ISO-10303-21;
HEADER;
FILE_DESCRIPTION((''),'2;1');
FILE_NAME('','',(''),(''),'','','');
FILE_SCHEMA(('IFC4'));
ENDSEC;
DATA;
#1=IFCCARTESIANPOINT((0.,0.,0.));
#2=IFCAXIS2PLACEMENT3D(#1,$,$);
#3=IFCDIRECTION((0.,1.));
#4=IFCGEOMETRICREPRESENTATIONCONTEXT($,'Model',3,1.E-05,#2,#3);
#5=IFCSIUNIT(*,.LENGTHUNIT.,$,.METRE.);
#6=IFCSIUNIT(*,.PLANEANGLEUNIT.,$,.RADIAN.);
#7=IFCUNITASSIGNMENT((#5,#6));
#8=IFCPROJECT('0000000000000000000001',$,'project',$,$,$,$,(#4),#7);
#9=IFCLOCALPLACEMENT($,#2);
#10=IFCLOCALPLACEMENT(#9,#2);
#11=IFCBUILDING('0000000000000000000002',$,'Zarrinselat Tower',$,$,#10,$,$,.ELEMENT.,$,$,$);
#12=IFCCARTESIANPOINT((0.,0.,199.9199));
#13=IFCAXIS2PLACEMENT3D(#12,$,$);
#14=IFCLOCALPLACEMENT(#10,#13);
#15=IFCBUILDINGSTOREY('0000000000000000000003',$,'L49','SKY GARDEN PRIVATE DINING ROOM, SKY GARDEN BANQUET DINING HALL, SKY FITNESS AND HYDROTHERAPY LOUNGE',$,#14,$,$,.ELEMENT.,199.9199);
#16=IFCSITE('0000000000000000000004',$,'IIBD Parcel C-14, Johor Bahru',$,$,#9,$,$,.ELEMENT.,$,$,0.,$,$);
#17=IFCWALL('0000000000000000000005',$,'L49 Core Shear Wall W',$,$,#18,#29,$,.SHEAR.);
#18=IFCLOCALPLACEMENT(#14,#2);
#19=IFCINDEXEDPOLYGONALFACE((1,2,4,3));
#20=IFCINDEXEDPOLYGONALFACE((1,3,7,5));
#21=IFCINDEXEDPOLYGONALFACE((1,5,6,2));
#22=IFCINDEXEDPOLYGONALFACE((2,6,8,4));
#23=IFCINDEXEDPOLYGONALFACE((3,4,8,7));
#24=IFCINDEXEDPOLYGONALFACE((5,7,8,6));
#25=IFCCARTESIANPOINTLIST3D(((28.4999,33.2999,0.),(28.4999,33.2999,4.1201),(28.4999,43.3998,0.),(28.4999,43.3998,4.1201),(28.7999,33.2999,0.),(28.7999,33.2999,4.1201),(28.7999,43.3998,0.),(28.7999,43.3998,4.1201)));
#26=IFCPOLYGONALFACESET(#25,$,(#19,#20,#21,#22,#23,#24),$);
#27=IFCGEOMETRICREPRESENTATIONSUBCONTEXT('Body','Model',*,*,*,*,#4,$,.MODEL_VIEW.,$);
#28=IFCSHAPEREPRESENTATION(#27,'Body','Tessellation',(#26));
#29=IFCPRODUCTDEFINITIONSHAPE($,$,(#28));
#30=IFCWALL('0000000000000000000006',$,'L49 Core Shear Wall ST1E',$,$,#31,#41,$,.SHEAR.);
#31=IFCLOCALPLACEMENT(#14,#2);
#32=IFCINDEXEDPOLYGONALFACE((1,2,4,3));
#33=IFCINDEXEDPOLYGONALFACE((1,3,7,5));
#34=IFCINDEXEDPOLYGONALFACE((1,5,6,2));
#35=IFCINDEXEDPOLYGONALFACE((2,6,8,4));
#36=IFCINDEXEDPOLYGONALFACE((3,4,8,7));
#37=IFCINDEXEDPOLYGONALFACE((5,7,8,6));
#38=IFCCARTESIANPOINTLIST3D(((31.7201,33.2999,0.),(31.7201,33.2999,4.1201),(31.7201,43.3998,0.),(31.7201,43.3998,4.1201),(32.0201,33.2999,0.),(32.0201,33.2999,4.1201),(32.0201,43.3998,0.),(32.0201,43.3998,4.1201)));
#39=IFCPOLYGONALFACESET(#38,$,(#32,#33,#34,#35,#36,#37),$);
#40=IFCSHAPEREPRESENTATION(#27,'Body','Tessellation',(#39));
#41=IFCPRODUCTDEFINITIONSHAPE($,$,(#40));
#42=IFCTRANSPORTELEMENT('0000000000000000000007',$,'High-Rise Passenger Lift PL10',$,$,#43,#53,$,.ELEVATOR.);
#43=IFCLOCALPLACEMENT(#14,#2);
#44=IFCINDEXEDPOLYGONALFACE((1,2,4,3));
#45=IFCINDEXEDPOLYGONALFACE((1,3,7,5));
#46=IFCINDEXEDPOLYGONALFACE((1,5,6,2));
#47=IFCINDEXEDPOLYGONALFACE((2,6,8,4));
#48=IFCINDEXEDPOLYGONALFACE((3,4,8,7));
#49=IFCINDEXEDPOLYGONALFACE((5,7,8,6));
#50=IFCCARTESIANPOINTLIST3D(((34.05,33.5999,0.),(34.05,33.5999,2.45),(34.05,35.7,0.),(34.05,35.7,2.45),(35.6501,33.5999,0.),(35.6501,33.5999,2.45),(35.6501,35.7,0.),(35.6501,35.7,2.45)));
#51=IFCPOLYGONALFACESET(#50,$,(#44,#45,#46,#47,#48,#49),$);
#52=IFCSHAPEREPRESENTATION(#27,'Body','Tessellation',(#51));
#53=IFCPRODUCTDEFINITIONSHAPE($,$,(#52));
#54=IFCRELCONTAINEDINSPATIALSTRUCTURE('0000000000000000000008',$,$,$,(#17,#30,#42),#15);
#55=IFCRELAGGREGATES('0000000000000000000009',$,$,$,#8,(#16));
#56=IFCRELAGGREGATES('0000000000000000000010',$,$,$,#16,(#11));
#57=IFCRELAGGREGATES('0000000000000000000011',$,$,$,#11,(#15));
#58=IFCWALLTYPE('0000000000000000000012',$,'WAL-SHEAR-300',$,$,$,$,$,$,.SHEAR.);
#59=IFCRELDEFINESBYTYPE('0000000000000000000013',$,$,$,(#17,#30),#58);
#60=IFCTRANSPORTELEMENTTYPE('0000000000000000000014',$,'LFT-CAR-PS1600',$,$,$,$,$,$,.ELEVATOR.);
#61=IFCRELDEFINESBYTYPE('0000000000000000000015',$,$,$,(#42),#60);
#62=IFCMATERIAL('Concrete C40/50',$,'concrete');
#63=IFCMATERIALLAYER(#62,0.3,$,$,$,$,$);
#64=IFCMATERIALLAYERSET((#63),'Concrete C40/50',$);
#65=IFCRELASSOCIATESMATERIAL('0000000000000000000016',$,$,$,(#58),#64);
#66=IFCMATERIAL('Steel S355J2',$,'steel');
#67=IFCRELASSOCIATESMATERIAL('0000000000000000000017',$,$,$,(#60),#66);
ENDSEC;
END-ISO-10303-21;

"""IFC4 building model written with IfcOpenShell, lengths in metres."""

from ifc_helpers import new_model, si_unit, direction, frame, frame_2d, origin, origin_2d, place, context, subcontext, project, spatial, rectangle, extrude, material, layer, layer_set, type_object, element, save


model = new_model("IFC4")

# Units and contexts
model_context = context("Model", 3, precision=1e-05, world=origin(), true_north=direction((0.0, 1.0)))
body_context = subcontext(model_context, "Body", "Model", "MODEL_VIEW")
ifc_project = project(units=[si_unit("LENGTHUNIT", "METRE"), si_unit("PLANEANGLEUNIT", "RADIAN")], contexts=[model_context])

# Site, building, storey
site_placement = place(None, origin())
site = spatial("IfcSite", under=ifc_project, at=site_placement, Name="IIBD Parcel C-14, Johor Bahru", CompositionType="ELEMENT", RefElevation=0.0)
building_placement = place(site_placement, origin())
building = spatial("IfcBuilding", under=site, at=building_placement, Name="Zarrinselat Tower", CompositionType="ELEMENT")
storey_placement = place(building_placement, frame((0.0, 0.0, 199.9199)))
storey = spatial("IfcBuildingStorey", under=building, at=storey_placement, Name="L49", Description="SKY GARDEN PRIVATE DINING ROOM, SKY GARDEN BANQUET DINING HALL, SKY FITNESS AND HYDROTHERAPY LOUNGE", CompositionType="ELEMENT", Elevation=199.9199)

# Shared definitions
ifc_material_1 = material(Name="Concrete C40/50", Category="concrete")
ifc_layer_1 = layer(ifc_material_1, 0.3)
ifc_layer_set_1 = layer_set([ifc_layer_1], Name="Concrete C40/50")
wall_type_1 = type_object("IfcWallType", Name="WAL-SHEAR-300", PredefinedType="SHEAR", material=ifc_layer_set_1)

# Walls
for number, where, z_axis, x_axis, name in (
    (1, (28.6499, 33.3, 0.0), (0.0, 0.0, 1.0), (0.0, 1.0, 0.0), "L49 Core Shear Wall W"),
    (2, (31.8701, 33.3, 0.0), (0.0, 0.0, 1.0), (0.0, 1.0, 0.0), "L49 Core Shear Wall ST1E"),
):
    element("IfcWall", number, at=place(storey_placement, frame(where, z_axis=z_axis, x_axis=x_axis)), inside=storey, type_object=wall_type_1, Name=name, PredefinedType="SHEAR", context=body_context, shape_type="SweptSolid", body=[
        extrude(rectangle(XDim=10.0999, YDim=0.3, at=frame_2d((5.0498, 0.0))), origin(), (0.0, 0.0, 1.0), 4.1201),
    ])

# Transport element
ifc_material_2 = material(Name="Steel S355J2", Category="steel")
transport_element_type = type_object("IfcTransportElementType", Name="LFT-CAR-PS1600", PredefinedType="ELEVATOR", material=ifc_material_2)
transport_element_placement = place(storey_placement, frame((34.8501, 34.6499, 0.0), z_axis=(0.0, 0.0, 1.0), x_axis=(1.0, 0.0, 0.0)))
element("IfcTransportElement", 3, at=transport_element_placement, inside=storey, type_object=transport_element_type, Name="High-Rise Passenger Lift PL10", PredefinedType="ELEVATOR", context=body_context, shape_type="SweptSolid", body=[
    extrude(rectangle(XDim=1.6001, YDim=2.1001, at=origin_2d()), origin(), (0.0, 0.0, 1.0), 2.45),
])

save(model, "model.ifc")
